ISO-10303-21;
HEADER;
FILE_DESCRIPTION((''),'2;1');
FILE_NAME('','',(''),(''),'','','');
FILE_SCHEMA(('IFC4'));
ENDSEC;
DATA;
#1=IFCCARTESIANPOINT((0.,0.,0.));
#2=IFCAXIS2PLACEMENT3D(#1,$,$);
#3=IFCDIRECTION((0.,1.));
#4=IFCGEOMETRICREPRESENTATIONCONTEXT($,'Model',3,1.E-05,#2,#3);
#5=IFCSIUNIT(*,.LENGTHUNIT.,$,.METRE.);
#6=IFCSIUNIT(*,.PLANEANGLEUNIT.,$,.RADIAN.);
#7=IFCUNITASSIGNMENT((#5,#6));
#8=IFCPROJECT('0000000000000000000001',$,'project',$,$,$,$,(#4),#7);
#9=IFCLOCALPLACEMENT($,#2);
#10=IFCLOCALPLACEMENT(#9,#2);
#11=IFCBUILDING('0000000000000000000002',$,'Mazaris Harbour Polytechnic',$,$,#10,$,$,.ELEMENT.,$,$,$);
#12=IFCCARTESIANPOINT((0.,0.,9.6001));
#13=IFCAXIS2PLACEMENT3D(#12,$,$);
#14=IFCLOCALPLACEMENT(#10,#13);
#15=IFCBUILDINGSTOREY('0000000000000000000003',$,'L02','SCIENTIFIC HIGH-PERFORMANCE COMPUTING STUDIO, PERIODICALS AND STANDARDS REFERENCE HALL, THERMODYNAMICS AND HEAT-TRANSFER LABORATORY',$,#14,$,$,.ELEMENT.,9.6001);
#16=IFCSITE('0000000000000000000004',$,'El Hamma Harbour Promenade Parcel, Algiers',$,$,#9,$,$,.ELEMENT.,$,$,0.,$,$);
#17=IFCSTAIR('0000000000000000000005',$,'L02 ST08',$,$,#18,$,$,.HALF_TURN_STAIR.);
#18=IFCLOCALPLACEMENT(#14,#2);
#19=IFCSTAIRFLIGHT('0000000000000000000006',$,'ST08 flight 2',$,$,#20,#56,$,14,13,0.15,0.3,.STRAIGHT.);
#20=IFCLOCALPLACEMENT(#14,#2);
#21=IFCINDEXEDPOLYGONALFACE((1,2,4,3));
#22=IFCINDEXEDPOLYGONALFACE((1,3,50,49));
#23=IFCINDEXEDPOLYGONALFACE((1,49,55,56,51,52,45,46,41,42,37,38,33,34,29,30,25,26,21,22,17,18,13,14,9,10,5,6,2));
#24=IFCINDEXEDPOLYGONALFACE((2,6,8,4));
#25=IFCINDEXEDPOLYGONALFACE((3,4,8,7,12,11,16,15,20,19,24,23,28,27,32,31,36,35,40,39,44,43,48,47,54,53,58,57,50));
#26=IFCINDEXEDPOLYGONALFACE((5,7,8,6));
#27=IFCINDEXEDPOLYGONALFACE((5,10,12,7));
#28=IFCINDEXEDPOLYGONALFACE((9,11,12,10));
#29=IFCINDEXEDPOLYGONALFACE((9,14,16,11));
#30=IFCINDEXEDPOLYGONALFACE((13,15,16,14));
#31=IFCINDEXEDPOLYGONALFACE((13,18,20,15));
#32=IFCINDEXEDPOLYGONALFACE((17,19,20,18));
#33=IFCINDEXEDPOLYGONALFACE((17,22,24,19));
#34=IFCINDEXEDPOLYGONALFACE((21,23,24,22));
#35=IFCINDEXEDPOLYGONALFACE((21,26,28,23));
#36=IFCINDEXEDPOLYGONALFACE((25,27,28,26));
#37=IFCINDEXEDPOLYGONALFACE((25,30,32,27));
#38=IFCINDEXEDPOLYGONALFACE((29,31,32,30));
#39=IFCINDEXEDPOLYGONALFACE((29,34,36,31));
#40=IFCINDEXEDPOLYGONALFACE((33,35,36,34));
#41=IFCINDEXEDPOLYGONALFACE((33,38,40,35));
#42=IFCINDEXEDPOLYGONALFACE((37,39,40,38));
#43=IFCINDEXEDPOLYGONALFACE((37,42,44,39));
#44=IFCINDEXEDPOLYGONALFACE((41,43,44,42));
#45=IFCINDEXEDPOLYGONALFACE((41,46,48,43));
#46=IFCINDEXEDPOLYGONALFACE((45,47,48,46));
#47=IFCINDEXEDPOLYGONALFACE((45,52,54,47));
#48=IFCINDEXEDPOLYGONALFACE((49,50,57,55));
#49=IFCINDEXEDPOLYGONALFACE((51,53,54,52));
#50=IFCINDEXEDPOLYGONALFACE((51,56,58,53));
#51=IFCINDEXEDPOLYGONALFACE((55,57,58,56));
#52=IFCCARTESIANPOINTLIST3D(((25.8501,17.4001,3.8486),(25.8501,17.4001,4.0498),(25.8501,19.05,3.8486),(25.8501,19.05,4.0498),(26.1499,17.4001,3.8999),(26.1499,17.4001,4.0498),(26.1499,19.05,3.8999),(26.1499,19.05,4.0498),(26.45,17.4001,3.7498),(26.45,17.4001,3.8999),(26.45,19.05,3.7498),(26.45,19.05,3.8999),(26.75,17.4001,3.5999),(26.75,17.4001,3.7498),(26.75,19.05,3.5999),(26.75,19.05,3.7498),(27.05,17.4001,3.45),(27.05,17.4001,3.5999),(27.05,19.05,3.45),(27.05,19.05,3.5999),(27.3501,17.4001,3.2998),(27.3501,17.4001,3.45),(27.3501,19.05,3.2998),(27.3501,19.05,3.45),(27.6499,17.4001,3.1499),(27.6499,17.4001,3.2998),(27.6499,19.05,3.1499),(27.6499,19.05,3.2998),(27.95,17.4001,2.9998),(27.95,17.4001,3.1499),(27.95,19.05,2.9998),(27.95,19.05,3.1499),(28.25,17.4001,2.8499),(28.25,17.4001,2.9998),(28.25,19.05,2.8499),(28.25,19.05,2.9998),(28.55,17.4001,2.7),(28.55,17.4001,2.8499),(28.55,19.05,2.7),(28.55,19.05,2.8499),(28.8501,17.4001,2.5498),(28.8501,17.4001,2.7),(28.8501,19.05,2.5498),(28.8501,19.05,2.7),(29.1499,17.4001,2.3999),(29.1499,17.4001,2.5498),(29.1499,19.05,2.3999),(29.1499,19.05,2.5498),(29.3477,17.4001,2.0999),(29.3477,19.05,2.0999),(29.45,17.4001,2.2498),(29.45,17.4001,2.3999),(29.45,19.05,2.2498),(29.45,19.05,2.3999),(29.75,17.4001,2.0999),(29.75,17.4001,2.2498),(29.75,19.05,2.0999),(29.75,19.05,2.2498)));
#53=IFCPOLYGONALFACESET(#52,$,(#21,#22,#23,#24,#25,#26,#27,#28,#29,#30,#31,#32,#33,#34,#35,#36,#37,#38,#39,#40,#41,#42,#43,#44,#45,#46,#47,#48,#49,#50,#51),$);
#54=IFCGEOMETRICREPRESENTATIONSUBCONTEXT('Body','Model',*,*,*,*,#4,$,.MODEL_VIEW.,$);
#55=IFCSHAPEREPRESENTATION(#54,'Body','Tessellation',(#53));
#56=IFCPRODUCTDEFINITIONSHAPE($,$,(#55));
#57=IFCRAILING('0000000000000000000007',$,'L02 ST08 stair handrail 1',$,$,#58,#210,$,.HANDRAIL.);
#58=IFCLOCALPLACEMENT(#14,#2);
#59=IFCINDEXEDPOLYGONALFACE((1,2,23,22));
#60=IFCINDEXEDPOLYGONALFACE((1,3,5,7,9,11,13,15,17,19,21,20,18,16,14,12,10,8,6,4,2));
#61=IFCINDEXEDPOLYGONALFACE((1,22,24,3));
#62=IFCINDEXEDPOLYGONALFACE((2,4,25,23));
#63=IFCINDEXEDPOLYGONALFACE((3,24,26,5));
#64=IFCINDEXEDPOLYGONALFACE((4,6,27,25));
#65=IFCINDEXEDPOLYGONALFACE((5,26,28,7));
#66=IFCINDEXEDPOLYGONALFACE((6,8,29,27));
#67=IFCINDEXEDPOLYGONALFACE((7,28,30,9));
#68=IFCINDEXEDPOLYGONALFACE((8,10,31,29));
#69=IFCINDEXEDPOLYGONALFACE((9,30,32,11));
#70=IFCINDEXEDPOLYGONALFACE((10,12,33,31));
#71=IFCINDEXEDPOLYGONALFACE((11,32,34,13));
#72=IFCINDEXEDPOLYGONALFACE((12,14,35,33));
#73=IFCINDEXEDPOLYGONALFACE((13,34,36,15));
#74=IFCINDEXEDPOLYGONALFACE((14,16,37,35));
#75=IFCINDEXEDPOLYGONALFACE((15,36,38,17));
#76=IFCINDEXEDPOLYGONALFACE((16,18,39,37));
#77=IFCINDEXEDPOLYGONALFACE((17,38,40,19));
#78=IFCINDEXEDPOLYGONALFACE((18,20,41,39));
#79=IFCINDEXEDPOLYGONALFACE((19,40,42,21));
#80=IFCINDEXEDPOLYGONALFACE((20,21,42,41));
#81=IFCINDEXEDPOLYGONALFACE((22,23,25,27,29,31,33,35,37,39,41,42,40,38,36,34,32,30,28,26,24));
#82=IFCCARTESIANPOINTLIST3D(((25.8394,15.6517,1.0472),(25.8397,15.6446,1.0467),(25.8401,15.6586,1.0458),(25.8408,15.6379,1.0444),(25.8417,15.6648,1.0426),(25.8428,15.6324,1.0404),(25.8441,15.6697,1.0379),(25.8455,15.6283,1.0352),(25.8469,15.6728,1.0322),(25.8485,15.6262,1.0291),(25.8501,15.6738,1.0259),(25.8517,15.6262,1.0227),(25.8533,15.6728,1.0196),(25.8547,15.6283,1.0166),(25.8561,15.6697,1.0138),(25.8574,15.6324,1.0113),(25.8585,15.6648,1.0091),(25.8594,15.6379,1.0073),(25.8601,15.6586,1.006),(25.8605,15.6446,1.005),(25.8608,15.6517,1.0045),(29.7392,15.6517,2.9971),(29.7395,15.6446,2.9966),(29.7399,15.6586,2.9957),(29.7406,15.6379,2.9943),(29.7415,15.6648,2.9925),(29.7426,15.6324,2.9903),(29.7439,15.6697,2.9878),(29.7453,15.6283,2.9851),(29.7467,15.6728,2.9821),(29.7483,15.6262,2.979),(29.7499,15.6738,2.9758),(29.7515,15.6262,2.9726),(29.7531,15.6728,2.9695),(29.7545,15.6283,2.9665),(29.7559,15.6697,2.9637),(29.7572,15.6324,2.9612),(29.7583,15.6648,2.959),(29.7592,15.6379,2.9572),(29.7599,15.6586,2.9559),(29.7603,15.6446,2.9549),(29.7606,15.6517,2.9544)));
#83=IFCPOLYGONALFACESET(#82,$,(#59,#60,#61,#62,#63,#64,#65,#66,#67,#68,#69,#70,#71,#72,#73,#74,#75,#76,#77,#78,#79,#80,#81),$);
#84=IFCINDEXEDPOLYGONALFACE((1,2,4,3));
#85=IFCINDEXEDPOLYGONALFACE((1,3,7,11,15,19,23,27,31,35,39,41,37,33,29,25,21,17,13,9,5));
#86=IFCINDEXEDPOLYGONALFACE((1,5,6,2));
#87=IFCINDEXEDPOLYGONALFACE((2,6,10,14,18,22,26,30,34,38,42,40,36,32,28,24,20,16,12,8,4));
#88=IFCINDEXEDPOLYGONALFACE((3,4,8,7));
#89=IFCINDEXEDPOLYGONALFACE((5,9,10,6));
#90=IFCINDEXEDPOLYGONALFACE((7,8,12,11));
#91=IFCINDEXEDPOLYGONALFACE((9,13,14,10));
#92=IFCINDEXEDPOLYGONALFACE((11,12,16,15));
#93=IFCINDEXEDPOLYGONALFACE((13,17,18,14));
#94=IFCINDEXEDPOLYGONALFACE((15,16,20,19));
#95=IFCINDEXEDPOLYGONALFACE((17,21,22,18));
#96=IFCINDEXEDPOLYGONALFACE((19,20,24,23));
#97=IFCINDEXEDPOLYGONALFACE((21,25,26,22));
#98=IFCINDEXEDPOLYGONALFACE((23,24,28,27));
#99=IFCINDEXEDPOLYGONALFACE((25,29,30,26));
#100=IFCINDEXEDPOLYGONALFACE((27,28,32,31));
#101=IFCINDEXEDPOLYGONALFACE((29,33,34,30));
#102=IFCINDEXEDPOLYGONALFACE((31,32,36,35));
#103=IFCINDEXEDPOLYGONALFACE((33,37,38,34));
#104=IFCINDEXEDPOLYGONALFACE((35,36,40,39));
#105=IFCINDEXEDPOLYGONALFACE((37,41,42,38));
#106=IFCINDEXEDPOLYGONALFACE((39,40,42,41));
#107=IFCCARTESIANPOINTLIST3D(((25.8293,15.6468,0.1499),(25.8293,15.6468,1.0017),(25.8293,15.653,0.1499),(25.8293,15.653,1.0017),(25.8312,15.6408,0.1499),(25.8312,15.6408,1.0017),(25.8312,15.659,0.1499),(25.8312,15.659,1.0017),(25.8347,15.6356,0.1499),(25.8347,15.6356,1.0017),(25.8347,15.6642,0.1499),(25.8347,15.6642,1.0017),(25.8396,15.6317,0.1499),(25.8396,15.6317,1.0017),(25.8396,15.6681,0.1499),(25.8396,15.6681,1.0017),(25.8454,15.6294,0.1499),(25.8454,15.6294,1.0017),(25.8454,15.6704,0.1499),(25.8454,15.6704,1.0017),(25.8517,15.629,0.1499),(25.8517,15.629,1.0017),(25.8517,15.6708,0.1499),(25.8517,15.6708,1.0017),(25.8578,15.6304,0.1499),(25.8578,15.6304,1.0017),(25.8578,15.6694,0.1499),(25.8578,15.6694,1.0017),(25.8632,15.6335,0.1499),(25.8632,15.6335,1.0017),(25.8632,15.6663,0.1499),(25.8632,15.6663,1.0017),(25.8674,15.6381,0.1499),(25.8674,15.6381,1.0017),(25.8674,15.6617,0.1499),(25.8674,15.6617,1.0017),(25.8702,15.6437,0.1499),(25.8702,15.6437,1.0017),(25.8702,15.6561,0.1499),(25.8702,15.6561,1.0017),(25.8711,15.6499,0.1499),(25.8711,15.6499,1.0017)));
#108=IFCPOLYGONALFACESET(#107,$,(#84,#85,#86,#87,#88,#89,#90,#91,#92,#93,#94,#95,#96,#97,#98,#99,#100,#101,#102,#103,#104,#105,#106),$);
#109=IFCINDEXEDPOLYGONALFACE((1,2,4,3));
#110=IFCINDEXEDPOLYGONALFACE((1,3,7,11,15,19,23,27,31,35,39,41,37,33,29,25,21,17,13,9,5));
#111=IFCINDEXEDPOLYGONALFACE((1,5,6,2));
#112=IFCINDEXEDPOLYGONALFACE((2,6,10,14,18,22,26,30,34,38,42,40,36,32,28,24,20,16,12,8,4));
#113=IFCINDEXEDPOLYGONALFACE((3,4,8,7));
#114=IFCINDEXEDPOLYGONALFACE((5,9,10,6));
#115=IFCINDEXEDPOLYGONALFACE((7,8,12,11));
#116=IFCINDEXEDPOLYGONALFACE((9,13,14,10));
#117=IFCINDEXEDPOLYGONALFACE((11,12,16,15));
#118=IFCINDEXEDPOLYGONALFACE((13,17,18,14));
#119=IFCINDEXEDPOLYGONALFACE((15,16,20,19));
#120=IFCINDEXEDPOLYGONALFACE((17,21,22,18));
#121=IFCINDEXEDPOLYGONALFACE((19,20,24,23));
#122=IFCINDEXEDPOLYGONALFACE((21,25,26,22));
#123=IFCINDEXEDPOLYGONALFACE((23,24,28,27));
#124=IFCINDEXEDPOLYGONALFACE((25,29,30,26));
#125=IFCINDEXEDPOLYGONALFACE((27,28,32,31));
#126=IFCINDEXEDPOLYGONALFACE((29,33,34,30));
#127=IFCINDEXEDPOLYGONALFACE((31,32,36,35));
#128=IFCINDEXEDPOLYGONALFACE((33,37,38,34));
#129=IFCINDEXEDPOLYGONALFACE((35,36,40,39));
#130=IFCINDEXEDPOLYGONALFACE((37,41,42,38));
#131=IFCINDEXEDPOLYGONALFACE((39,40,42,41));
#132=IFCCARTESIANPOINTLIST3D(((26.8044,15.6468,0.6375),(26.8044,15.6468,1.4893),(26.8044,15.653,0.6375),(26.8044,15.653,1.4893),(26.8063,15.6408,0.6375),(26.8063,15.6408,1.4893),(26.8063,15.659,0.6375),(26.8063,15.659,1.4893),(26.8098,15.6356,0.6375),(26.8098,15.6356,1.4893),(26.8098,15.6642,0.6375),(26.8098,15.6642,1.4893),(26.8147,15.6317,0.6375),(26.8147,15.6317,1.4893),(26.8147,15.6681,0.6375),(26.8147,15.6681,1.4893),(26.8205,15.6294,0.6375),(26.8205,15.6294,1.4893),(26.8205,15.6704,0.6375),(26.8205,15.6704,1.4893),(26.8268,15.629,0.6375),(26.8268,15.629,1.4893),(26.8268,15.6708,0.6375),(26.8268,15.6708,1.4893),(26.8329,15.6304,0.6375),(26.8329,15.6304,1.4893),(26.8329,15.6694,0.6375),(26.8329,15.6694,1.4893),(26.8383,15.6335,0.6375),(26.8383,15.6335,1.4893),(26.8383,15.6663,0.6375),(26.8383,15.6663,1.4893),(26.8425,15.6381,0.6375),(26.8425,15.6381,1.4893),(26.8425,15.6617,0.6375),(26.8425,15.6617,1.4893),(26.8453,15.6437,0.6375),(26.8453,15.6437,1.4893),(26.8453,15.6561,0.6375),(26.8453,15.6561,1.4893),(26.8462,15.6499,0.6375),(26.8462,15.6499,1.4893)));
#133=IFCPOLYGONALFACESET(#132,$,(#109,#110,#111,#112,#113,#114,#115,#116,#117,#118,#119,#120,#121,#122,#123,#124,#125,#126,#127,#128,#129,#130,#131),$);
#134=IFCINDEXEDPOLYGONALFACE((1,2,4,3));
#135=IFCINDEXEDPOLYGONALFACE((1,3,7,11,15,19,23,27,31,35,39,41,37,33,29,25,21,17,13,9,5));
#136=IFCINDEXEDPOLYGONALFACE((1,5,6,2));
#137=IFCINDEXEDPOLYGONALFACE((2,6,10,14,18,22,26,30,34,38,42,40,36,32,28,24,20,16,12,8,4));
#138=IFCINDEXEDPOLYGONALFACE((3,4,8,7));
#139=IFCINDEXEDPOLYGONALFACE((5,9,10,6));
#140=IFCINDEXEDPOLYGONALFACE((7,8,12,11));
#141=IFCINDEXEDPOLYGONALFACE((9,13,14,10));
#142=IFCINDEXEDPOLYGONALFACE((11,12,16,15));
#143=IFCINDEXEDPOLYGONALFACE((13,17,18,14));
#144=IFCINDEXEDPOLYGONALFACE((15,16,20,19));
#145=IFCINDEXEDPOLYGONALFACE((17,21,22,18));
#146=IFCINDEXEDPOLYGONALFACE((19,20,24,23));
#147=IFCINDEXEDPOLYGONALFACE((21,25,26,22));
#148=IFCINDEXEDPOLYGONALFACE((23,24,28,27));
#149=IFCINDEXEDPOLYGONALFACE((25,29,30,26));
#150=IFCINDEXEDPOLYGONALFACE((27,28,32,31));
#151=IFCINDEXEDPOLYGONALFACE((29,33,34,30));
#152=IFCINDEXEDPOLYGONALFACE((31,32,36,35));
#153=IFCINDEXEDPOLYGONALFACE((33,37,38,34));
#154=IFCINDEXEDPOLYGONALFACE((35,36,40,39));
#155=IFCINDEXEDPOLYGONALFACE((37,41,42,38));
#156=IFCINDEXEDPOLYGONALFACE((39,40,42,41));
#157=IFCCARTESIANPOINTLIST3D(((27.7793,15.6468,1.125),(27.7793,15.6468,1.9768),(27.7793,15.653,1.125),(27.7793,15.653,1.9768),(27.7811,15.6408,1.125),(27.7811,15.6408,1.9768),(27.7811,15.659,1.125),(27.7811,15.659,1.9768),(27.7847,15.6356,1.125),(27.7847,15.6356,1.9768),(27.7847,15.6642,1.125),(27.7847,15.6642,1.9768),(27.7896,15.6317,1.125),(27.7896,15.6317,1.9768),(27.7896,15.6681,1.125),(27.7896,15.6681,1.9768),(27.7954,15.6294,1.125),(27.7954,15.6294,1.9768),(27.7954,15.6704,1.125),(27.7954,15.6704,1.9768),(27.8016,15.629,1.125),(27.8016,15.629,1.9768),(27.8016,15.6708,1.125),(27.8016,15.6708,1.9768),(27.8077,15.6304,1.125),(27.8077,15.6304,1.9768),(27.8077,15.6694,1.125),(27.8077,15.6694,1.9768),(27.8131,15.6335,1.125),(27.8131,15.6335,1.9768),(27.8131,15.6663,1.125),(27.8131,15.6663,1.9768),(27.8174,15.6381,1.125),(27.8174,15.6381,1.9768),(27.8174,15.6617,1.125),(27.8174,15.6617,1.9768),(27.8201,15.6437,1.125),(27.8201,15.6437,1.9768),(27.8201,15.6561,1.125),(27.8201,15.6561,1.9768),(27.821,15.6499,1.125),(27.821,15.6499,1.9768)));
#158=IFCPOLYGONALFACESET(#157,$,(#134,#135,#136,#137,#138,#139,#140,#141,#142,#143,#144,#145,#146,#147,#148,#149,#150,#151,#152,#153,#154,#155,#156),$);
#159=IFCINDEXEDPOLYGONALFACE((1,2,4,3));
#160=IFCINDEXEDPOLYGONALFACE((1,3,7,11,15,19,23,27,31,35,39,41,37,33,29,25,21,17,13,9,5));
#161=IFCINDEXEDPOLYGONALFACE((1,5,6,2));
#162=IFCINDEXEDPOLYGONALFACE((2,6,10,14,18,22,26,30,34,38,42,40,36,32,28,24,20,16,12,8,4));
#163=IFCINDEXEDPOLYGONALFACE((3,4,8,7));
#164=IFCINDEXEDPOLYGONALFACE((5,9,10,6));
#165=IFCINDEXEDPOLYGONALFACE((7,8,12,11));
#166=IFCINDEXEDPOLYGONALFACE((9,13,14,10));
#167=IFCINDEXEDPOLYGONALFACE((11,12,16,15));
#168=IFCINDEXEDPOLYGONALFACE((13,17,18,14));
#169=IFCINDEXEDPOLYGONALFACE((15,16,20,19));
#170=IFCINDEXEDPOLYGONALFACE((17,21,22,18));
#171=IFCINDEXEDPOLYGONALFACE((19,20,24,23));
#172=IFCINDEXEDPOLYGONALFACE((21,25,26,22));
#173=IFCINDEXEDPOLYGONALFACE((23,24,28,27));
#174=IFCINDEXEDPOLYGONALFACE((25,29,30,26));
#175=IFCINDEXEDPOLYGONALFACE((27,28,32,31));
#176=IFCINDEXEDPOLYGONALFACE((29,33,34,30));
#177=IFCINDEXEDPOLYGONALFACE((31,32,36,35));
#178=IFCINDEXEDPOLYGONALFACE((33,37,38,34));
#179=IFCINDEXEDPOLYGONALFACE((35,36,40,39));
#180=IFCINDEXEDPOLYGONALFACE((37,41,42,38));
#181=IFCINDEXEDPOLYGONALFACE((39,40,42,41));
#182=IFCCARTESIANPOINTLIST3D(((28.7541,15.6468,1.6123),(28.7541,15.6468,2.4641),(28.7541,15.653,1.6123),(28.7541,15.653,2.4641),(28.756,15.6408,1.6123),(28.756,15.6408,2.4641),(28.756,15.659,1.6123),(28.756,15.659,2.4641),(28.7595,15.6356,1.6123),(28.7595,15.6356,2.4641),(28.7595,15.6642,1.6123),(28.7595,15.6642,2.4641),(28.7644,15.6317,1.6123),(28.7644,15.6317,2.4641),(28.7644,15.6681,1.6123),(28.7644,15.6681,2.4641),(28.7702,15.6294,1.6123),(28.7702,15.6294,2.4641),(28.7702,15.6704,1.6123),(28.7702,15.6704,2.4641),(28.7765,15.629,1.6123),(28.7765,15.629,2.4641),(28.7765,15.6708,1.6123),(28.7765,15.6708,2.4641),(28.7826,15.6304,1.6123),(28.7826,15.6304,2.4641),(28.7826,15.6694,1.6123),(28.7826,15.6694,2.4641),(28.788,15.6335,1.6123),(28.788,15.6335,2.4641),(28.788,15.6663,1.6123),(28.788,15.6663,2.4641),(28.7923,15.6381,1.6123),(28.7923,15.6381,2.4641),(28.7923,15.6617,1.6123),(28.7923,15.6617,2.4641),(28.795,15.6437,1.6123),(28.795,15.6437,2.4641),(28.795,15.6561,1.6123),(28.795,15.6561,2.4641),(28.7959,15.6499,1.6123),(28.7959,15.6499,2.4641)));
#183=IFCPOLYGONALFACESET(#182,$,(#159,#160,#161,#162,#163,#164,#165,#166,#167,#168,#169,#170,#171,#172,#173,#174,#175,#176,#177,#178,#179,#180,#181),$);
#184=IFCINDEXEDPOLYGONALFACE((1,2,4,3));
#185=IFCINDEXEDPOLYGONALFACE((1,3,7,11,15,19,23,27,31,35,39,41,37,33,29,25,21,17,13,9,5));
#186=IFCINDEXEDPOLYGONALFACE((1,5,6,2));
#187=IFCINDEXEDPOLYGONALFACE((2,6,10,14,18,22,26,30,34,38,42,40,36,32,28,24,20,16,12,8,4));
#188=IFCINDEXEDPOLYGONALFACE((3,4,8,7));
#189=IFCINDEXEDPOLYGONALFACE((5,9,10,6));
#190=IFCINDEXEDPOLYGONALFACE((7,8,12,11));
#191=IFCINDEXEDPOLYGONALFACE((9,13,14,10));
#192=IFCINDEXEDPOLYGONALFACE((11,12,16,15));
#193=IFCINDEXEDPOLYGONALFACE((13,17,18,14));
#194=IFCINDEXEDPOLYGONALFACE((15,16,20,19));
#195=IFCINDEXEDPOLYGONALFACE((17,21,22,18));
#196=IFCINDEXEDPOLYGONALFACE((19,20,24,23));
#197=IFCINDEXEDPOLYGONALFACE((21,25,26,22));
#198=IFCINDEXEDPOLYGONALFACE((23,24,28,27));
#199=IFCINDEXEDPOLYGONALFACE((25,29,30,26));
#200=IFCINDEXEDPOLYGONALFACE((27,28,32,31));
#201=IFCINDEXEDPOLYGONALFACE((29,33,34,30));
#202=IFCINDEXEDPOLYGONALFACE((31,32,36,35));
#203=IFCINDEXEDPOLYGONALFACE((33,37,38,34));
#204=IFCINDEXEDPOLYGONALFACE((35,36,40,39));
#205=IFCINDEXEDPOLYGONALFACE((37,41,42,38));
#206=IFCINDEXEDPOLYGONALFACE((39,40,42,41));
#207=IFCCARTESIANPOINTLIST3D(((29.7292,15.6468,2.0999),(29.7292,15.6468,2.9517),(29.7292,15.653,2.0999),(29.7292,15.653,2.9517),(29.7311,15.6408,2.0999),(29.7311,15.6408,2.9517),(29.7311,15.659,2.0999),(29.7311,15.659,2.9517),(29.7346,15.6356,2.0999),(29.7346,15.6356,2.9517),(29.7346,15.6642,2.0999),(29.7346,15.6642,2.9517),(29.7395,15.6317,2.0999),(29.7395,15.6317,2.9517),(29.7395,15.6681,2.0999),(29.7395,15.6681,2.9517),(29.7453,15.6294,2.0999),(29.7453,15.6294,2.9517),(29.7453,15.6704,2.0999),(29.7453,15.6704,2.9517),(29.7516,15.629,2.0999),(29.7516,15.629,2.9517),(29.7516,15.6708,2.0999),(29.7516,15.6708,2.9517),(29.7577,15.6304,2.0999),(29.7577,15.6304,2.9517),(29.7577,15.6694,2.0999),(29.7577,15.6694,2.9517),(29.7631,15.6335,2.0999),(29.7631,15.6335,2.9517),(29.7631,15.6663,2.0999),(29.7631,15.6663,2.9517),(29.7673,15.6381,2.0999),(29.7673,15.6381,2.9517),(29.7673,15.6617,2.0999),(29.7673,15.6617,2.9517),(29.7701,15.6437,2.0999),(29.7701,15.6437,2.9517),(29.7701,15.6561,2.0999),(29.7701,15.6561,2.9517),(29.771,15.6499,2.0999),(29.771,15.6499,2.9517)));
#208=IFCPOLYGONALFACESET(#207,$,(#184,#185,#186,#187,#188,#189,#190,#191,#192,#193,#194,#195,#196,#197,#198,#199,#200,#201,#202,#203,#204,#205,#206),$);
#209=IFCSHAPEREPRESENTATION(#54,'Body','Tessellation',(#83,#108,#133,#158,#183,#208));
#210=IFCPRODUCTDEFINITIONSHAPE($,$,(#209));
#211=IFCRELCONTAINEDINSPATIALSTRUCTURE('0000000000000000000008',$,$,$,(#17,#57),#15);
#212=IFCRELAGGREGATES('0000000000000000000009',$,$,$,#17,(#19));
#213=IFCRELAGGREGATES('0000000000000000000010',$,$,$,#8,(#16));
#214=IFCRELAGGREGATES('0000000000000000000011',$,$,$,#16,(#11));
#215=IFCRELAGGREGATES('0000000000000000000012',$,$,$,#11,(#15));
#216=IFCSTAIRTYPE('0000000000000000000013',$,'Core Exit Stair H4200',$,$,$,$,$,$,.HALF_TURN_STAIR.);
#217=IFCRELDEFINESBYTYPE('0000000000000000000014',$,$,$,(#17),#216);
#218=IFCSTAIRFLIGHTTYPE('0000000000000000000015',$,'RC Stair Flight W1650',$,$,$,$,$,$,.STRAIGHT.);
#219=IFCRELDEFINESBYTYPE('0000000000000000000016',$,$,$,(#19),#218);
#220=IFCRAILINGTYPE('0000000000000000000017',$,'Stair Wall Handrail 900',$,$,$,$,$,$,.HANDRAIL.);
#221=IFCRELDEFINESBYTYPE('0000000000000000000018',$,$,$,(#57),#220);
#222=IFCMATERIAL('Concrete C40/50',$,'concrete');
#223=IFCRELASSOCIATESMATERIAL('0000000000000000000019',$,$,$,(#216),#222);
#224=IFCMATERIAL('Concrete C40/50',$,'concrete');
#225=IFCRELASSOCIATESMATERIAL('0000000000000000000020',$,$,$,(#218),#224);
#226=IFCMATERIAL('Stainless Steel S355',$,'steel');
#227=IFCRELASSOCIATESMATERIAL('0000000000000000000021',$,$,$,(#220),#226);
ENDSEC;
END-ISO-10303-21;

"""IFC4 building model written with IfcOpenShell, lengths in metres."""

from ifc_helpers import new_model, si_unit, direction, frame, origin, origin_2d, place, context, subcontext, project, spatial, polyline, circle, outline, extrude, material, type_object, element, aggregate, save


model = new_model("IFC4")

# Units and contexts
model_context = context("Model", 3, precision=1e-05, world=origin(), true_north=direction((0.0, 1.0)))
body_context = subcontext(model_context, "Body", "Model", "MODEL_VIEW")
ifc_project = project(units=[si_unit("LENGTHUNIT", "METRE"), si_unit("PLANEANGLEUNIT", "RADIAN")], contexts=[model_context])

# Site, building, storey
site_placement = place(None, origin())
site = spatial("IfcSite", under=ifc_project, at=site_placement, Name="El Hamma Harbour Promenade Parcel, Algiers", CompositionType="ELEMENT", RefElevation=0.0)
building_placement = place(site_placement, origin())
building = spatial("IfcBuilding", under=site, at=building_placement, Name="Mazaris Harbour Polytechnic", CompositionType="ELEMENT")
storey_placement = place(building_placement, frame((0.0, 0.0, 9.6001)))
storey = spatial("IfcBuildingStorey", under=building, at=storey_placement, Name="L02", Description="SCIENTIFIC HIGH-PERFORMANCE COMPUTING STUDIO, PERIODICALS AND STANDARDS REFERENCE HALL, THERMODYNAMICS AND HEAT-TRANSFER LABORATORY", CompositionType="ELEMENT", Elevation=9.6001)

# Stair, stair flight
ifc_material_1 = material(Name="Concrete C40/50", Category="concrete")
stair_type = type_object("IfcStairType", Name="Core Exit Stair H4200", PredefinedType="HALF_TURN_STAIR", material=ifc_material_1)
stair_placement = place(storey_placement, origin())
stair = element("IfcStair", 1, at=stair_placement, inside=storey, type_object=stair_type, Name="L02 ST08", PredefinedType="HALF_TURN_STAIR")
ifc_material_2 = material(Name="Concrete C40/50", Category="concrete")
stair_flight_type = type_object("IfcStairFlightType", Name="RC Stair Flight W1650", PredefinedType="STRAIGHT", material=ifc_material_2)
stair_flight_1_placement = place(storey_placement, frame((29.75, 18.2251, 2.0999), z_axis=(0.0, 0.0, 1.0), x_axis=(-1.0, 0.0, 0.0)))
stair_flight_1 = element("IfcStairFlight", 2, at=stair_flight_1_placement, type_object=stair_flight_type, Name="ST08 flight 2", NumberOfRisers=14, NumberOfTreads=13, PredefinedType="STRAIGHT", RiserHeight=0.15, TreadLength=0.3, context=body_context, shape_type="SweptSolid", body=[
    extrude(outline(polyline([(0.0, 0.0), (0.0, 0.1499), (0.3, 0.1499), (0.3, 0.3), (0.6001, 0.3), (0.6001, 0.45), (0.8999, 0.45), (0.8999, 0.6001), (1.2, 0.6001), (1.2, 0.75), (1.5, 0.75), (1.5, 0.8999), (1.8, 0.8999), (1.8, 1.05), (2.1001, 1.05), (2.1001, 1.2), (2.3999, 1.2), (2.3999, 1.3501), (2.7, 1.3501), (2.7, 1.5), (3.0, 1.5), (3.0, 1.6499), (3.3, 1.6499), (3.3, 1.8), (3.6001, 1.8), (3.6001, 1.95), (3.8999, 1.95), (3.8999, 2.1001), (3.8999, 1.7488), (0.4023, 0.0), (0.0, 0.0)])), frame((0.0, 0.825, 0.0), z_axis=(0.0, -1.0, 0.0), x_axis=(1.0, 0.0, 0.0)), (0.0, 0.0, 1.0), 1.6499),
])
aggregate(stair, [stair_flight_1])

# Railing
ifc_material_3 = material(Name="Stainless Steel S355", Category="steel")
railing_type_1 = type_object("IfcRailingType", Name="Stair Wall Handrail 900", PredefinedType="HANDRAIL", material=ifc_material_3)
railing_1_placement = place(storey_placement, frame((25.8501, 15.6499, 0.1499)))
element("IfcRailing", 3, at=railing_1_placement, inside=storey, type_object=railing_type_1, Name="L02 ST08 stair handrail 1", PredefinedType="HANDRAIL", context=body_context, shape_type="SweptSolid", body=[
    extrude(circle(Radius=0.0239, at=origin_2d()), frame((0.0, 0.0, 0.876), z_axis=(0.894427, 0.0, 0.447214), x_axis=(0.0, 1.0, 0.0)), (0.0, 0.0, 1.0), 4.3601),
    extrude(circle(Radius=0.021, at=origin_2d()), origin(), (0.0, 0.0, 1.0), 0.8518),
    extrude(circle(Radius=0.021, at=origin_2d()), frame((0.9751, 0.0, 0.4875)), (0.0, 0.0, 1.0), 0.8518),
    extrude(circle(Radius=0.021, at=origin_2d()), frame((1.95, 0.0, 0.9751)), (0.0, 0.0, 1.0), 0.8518),
    extrude(circle(Radius=0.021, at=origin_2d()), frame((2.9248, 0.0, 1.4624)), (0.0, 0.0, 1.0), 0.8518),
    extrude(circle(Radius=0.021, at=origin_2d()), frame((3.8999, 0.0, 1.95)), (0.0, 0.0, 1.0), 0.8518),
])

save(model, "model.ifc")
